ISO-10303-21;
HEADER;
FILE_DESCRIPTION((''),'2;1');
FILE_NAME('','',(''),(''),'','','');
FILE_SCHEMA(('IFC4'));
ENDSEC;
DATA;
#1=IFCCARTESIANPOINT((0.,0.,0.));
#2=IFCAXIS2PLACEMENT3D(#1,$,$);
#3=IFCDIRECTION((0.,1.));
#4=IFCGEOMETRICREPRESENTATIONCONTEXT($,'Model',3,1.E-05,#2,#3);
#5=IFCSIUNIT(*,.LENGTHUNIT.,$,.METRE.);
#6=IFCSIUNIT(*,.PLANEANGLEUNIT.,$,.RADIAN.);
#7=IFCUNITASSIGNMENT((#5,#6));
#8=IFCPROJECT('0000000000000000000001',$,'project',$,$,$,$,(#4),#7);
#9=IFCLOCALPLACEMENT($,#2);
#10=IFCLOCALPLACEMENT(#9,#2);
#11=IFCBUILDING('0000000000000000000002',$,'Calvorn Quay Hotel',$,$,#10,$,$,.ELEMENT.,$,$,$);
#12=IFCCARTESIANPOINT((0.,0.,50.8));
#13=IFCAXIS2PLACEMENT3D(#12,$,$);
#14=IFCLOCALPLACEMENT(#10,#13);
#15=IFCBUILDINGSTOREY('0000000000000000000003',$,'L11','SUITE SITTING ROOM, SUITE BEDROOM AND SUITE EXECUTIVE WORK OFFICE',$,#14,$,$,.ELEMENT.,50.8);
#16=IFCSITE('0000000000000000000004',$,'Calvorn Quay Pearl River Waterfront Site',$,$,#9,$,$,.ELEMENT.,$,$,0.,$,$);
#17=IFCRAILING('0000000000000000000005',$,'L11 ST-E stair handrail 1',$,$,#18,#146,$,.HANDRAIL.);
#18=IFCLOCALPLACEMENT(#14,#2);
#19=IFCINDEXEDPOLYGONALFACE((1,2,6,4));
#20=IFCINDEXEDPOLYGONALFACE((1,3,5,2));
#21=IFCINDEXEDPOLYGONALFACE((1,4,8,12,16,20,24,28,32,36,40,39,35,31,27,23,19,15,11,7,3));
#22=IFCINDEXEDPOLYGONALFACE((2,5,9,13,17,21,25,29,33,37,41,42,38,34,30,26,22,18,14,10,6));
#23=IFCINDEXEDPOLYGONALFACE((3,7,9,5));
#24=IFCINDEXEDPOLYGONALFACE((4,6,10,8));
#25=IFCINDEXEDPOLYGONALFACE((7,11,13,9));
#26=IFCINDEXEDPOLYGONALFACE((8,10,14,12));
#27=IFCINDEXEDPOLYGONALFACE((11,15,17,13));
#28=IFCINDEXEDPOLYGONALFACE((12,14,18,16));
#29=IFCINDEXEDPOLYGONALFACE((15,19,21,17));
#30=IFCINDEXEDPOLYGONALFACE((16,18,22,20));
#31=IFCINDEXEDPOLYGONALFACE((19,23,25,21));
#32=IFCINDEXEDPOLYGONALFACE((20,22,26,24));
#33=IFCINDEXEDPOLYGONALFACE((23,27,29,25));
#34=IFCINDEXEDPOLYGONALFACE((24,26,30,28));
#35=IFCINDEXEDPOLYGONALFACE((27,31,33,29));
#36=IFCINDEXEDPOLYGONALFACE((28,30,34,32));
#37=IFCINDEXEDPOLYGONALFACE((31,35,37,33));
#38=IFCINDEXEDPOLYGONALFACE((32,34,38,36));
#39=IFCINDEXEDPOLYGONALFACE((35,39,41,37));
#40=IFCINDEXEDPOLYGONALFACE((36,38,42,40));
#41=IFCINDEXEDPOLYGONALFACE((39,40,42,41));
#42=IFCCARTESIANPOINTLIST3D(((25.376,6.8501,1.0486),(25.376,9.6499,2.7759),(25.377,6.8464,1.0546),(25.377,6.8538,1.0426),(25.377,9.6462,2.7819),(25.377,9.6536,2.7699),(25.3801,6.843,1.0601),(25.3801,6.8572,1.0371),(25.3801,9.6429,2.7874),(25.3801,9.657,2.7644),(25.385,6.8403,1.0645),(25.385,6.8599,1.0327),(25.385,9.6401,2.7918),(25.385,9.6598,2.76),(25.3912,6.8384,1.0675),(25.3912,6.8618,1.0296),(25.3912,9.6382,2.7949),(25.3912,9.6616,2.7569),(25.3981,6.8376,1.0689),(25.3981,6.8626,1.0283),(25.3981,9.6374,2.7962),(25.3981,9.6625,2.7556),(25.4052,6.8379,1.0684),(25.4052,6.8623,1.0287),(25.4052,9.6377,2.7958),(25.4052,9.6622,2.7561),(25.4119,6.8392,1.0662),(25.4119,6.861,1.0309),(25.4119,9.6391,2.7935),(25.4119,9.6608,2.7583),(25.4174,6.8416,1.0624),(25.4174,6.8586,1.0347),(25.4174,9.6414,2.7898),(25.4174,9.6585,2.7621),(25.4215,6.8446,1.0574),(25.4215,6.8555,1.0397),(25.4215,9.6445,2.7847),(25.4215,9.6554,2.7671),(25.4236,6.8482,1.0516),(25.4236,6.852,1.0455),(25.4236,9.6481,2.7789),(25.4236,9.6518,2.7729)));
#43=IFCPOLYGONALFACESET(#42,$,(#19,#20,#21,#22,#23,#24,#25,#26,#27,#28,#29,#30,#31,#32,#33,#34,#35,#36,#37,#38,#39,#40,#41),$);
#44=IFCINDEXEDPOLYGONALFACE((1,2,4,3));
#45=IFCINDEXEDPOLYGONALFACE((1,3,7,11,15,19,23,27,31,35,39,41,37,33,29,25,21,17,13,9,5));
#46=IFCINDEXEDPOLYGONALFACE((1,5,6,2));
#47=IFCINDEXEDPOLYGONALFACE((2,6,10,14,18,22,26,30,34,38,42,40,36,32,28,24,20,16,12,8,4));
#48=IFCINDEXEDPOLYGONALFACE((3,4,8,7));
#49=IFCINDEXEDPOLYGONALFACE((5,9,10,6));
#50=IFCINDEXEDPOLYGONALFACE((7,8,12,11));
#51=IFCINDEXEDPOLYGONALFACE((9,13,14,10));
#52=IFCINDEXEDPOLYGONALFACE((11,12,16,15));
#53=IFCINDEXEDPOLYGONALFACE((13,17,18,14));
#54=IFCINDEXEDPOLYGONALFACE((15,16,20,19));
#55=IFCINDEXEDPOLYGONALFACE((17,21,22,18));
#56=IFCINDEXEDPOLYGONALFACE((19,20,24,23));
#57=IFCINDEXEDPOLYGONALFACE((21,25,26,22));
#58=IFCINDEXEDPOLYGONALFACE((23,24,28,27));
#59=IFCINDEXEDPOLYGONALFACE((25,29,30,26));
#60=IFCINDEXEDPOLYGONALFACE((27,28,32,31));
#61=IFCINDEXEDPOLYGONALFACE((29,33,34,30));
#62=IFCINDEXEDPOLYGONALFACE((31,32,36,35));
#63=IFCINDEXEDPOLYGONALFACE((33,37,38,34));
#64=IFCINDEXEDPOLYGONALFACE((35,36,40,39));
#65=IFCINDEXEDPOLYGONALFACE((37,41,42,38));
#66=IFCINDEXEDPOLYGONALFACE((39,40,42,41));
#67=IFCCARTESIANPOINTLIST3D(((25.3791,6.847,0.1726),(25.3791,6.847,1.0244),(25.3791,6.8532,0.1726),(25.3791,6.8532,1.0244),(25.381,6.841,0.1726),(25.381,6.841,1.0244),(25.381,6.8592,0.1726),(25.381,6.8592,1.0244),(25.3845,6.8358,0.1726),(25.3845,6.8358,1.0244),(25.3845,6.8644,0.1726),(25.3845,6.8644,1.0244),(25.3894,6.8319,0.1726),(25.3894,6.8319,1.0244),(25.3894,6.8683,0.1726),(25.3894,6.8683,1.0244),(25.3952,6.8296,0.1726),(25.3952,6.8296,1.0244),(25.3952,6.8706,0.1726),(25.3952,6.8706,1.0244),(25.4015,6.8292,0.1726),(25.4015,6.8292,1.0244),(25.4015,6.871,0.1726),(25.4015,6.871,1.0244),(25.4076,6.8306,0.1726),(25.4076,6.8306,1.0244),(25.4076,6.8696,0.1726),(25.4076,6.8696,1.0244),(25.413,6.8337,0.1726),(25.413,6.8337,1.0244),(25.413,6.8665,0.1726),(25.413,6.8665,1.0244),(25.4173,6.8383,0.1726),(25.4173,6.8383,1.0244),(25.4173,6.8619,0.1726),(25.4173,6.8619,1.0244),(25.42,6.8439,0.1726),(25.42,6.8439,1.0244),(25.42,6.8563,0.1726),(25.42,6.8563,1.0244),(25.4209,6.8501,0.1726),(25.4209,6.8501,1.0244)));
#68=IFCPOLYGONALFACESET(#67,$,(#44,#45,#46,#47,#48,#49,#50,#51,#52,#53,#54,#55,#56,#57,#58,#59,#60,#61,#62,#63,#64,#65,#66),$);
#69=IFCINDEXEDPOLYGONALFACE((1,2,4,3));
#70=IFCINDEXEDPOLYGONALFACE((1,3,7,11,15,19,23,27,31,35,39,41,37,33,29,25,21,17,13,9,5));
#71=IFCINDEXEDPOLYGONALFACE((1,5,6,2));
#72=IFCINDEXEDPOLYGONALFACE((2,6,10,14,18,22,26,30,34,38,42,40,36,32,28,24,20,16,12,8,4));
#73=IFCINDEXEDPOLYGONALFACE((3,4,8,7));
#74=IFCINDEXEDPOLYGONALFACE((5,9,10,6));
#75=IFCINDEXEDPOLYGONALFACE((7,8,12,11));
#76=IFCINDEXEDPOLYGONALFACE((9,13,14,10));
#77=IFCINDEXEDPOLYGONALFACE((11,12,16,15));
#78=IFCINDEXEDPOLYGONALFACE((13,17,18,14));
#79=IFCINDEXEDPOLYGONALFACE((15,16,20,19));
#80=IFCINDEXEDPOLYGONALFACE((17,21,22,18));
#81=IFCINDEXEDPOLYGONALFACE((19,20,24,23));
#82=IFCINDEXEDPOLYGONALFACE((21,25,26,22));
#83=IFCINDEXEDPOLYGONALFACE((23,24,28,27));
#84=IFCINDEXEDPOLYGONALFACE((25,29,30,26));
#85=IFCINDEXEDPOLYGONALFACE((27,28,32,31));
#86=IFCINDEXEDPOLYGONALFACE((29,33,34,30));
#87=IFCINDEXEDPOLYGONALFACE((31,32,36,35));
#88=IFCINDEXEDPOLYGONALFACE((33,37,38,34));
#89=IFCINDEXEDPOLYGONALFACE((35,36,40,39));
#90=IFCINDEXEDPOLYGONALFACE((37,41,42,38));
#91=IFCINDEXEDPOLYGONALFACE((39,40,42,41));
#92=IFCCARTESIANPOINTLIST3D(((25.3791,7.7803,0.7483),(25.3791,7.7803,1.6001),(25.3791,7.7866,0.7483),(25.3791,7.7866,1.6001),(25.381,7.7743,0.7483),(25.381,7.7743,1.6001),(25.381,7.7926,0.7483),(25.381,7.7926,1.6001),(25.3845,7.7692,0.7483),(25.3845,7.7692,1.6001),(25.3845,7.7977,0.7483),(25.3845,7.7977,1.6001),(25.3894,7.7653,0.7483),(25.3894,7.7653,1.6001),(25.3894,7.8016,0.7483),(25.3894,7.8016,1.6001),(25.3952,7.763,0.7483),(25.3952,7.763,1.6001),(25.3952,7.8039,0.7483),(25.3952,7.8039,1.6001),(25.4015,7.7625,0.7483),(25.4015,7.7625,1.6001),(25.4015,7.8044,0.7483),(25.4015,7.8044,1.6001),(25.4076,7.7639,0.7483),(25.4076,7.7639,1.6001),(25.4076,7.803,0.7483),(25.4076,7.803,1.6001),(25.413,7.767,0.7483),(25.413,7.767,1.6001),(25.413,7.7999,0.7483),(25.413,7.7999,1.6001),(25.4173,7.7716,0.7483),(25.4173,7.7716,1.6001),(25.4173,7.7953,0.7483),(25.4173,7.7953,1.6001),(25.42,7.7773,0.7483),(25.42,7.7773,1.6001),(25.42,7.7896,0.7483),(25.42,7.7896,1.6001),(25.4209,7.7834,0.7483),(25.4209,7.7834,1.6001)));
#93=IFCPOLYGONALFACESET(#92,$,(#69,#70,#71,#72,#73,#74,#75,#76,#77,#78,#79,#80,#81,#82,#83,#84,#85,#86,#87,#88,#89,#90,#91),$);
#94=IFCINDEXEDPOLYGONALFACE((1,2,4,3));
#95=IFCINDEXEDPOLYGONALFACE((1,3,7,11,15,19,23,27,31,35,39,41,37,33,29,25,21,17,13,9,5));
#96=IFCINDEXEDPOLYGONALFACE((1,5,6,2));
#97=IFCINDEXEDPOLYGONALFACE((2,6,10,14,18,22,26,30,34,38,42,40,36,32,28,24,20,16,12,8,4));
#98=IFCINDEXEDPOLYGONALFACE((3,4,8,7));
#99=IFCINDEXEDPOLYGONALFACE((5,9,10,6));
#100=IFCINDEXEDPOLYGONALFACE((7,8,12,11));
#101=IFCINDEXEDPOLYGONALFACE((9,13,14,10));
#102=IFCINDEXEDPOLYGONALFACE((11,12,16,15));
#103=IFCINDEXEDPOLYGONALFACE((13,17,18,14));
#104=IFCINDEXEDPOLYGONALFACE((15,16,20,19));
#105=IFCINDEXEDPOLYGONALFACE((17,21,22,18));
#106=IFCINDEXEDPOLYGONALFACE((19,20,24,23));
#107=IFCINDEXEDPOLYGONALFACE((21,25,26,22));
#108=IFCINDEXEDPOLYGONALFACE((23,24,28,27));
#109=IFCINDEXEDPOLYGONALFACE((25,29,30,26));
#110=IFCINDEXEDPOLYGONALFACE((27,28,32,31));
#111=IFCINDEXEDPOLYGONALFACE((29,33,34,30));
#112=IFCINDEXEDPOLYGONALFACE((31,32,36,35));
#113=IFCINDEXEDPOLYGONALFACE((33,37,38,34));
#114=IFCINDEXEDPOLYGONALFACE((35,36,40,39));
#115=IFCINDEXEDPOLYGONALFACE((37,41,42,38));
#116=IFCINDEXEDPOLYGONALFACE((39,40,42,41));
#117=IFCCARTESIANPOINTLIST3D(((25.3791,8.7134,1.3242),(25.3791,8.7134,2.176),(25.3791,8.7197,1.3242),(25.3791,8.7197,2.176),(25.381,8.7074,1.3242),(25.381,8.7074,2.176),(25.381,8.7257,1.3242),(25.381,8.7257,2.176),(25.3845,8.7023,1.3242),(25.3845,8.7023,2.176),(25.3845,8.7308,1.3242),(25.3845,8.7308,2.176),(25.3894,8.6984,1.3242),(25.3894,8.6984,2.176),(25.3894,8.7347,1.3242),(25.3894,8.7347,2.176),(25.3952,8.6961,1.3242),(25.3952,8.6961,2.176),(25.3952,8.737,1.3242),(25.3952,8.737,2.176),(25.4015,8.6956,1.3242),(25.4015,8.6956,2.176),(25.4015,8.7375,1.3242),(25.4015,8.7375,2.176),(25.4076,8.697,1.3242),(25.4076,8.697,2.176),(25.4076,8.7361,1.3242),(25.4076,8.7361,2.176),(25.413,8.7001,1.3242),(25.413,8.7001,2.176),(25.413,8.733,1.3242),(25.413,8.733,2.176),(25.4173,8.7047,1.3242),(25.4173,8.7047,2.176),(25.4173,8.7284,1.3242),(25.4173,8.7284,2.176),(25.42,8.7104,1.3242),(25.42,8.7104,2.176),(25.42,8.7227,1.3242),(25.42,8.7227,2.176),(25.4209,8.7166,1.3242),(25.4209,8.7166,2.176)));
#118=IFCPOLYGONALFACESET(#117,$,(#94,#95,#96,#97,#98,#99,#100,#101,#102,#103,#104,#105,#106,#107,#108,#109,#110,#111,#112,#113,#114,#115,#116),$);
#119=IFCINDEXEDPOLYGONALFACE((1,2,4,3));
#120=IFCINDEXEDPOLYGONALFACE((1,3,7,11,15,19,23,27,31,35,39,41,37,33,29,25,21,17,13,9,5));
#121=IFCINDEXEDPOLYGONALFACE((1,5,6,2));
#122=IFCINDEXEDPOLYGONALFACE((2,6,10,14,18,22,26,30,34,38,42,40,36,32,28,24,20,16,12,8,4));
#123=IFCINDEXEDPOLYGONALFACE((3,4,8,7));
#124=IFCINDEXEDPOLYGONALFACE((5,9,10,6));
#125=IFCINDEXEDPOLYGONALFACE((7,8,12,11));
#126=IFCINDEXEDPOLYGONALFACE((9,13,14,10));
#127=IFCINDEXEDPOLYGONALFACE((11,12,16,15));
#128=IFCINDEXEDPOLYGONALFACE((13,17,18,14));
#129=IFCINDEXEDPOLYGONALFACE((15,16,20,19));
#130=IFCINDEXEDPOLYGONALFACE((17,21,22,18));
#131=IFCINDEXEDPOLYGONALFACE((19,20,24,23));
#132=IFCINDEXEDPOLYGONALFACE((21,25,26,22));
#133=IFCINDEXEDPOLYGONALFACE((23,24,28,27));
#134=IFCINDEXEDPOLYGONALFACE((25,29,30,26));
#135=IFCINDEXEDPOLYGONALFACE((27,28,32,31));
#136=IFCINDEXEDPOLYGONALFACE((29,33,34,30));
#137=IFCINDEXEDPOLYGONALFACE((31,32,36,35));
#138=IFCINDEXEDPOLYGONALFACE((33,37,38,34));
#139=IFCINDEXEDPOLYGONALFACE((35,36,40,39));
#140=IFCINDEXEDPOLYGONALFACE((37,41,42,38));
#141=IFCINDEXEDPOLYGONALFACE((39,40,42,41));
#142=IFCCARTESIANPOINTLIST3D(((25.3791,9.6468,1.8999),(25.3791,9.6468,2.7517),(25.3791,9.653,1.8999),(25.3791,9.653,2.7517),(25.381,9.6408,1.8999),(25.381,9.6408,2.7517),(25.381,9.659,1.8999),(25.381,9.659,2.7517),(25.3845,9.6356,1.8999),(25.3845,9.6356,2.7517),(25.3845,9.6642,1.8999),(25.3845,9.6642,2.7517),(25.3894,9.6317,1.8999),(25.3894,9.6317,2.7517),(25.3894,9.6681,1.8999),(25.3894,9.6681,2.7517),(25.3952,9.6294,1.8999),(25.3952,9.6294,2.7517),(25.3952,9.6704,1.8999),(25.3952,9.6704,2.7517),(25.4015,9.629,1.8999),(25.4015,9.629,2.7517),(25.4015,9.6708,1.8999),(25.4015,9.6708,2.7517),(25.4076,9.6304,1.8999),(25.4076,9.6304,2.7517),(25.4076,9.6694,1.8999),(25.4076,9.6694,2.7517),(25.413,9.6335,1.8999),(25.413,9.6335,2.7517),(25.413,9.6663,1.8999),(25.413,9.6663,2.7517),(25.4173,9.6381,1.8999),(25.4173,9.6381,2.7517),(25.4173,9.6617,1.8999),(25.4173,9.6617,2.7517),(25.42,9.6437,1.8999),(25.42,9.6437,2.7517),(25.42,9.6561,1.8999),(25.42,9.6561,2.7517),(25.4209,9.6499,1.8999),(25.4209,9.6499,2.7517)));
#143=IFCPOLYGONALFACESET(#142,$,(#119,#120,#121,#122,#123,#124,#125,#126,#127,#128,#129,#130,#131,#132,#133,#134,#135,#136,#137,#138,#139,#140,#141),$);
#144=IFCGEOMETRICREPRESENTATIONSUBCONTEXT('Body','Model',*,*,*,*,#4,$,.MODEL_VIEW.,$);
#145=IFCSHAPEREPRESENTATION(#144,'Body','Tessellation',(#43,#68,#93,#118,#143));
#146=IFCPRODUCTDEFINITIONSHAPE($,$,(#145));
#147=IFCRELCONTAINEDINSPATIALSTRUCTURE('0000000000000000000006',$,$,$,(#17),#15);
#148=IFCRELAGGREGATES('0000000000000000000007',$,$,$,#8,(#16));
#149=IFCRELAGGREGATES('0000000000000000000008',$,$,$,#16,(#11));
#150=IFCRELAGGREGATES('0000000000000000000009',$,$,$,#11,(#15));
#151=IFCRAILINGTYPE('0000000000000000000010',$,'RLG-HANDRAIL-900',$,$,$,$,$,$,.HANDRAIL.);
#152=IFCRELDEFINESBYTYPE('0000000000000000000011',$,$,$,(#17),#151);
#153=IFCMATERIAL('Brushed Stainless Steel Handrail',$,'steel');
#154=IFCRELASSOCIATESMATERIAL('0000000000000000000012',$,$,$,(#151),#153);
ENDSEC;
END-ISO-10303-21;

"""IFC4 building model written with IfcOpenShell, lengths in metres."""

from ifc_helpers import new_model, si_unit, direction, frame, origin, origin_2d, place, context, subcontext, project, spatial, circle, extrude, material, type_object, element, save


model = new_model("IFC4")

# Units and contexts
model_context = context("Model", 3, precision=1e-05, world=origin(), true_north=direction((0.0, 1.0)))
body_context = subcontext(model_context, "Body", "Model", "MODEL_VIEW")
ifc_project = project(units=[si_unit("LENGTHUNIT", "METRE"), si_unit("PLANEANGLEUNIT", "RADIAN")], contexts=[model_context])

# Site, building, storey
site_placement = place(None, origin())
site = spatial("IfcSite", under=ifc_project, at=site_placement, Name="Calvorn Quay Pearl River Waterfront Site", CompositionType="ELEMENT", RefElevation=0.0)
building_placement = place(site_placement, origin())
building = spatial("IfcBuilding", under=site, at=building_placement, Name="Calvorn Quay Hotel", CompositionType="ELEMENT")
storey_placement = place(building_placement, frame((0.0, 0.0, 50.8)))
storey = spatial("IfcBuildingStorey", under=building, at=storey_placement, Name="L11", Description="SUITE SITTING ROOM, SUITE BEDROOM AND SUITE EXECUTIVE WORK OFFICE", CompositionType="ELEMENT", Elevation=50.8)

# Railing
ifc_material_1 = material(Name="Brushed Stainless Steel Handrail", Category="steel")
railing_type = type_object("IfcRailingType", Name="RLG-HANDRAIL-900", PredefinedType="HANDRAIL", material=ifc_material_1)
railing_placement = place(storey_placement, frame((25.3999, 6.8501, 0.1726)))
element("IfcRailing", 1, at=railing_placement, inside=storey, type_object=railing_type, Name="L11 ST-E stair handrail 1", PredefinedType="HANDRAIL", context=body_context, shape_type="SweptSolid", body=[
    extrude(circle(Radius=0.0239, at=origin_2d()), frame((0.0, 0.0, 0.876), z_axis=(0.0, 0.851069, 0.525054), x_axis=(-1.0, 0.0, 0.0)), (0.0, 0.0, 1.0), 3.2898),
    extrude(circle(Radius=0.021, at=origin_2d()), origin(), (0.0, 0.0, 1.0), 0.8518),
    extrude(circle(Radius=0.021, at=origin_2d()), frame((0.0, 0.9333, 0.5757)), (0.0, 0.0, 1.0), 0.8518),
    extrude(circle(Radius=0.021, at=origin_2d()), frame((0.0, 1.8665, 1.1516)), (0.0, 0.0, 1.0), 0.8518),
    extrude(circle(Radius=0.021, at=origin_2d()), frame((0.0, 2.7998, 1.7273)), (0.0, 0.0, 1.0), 0.8518),
])

save(model, "model.ifc")
